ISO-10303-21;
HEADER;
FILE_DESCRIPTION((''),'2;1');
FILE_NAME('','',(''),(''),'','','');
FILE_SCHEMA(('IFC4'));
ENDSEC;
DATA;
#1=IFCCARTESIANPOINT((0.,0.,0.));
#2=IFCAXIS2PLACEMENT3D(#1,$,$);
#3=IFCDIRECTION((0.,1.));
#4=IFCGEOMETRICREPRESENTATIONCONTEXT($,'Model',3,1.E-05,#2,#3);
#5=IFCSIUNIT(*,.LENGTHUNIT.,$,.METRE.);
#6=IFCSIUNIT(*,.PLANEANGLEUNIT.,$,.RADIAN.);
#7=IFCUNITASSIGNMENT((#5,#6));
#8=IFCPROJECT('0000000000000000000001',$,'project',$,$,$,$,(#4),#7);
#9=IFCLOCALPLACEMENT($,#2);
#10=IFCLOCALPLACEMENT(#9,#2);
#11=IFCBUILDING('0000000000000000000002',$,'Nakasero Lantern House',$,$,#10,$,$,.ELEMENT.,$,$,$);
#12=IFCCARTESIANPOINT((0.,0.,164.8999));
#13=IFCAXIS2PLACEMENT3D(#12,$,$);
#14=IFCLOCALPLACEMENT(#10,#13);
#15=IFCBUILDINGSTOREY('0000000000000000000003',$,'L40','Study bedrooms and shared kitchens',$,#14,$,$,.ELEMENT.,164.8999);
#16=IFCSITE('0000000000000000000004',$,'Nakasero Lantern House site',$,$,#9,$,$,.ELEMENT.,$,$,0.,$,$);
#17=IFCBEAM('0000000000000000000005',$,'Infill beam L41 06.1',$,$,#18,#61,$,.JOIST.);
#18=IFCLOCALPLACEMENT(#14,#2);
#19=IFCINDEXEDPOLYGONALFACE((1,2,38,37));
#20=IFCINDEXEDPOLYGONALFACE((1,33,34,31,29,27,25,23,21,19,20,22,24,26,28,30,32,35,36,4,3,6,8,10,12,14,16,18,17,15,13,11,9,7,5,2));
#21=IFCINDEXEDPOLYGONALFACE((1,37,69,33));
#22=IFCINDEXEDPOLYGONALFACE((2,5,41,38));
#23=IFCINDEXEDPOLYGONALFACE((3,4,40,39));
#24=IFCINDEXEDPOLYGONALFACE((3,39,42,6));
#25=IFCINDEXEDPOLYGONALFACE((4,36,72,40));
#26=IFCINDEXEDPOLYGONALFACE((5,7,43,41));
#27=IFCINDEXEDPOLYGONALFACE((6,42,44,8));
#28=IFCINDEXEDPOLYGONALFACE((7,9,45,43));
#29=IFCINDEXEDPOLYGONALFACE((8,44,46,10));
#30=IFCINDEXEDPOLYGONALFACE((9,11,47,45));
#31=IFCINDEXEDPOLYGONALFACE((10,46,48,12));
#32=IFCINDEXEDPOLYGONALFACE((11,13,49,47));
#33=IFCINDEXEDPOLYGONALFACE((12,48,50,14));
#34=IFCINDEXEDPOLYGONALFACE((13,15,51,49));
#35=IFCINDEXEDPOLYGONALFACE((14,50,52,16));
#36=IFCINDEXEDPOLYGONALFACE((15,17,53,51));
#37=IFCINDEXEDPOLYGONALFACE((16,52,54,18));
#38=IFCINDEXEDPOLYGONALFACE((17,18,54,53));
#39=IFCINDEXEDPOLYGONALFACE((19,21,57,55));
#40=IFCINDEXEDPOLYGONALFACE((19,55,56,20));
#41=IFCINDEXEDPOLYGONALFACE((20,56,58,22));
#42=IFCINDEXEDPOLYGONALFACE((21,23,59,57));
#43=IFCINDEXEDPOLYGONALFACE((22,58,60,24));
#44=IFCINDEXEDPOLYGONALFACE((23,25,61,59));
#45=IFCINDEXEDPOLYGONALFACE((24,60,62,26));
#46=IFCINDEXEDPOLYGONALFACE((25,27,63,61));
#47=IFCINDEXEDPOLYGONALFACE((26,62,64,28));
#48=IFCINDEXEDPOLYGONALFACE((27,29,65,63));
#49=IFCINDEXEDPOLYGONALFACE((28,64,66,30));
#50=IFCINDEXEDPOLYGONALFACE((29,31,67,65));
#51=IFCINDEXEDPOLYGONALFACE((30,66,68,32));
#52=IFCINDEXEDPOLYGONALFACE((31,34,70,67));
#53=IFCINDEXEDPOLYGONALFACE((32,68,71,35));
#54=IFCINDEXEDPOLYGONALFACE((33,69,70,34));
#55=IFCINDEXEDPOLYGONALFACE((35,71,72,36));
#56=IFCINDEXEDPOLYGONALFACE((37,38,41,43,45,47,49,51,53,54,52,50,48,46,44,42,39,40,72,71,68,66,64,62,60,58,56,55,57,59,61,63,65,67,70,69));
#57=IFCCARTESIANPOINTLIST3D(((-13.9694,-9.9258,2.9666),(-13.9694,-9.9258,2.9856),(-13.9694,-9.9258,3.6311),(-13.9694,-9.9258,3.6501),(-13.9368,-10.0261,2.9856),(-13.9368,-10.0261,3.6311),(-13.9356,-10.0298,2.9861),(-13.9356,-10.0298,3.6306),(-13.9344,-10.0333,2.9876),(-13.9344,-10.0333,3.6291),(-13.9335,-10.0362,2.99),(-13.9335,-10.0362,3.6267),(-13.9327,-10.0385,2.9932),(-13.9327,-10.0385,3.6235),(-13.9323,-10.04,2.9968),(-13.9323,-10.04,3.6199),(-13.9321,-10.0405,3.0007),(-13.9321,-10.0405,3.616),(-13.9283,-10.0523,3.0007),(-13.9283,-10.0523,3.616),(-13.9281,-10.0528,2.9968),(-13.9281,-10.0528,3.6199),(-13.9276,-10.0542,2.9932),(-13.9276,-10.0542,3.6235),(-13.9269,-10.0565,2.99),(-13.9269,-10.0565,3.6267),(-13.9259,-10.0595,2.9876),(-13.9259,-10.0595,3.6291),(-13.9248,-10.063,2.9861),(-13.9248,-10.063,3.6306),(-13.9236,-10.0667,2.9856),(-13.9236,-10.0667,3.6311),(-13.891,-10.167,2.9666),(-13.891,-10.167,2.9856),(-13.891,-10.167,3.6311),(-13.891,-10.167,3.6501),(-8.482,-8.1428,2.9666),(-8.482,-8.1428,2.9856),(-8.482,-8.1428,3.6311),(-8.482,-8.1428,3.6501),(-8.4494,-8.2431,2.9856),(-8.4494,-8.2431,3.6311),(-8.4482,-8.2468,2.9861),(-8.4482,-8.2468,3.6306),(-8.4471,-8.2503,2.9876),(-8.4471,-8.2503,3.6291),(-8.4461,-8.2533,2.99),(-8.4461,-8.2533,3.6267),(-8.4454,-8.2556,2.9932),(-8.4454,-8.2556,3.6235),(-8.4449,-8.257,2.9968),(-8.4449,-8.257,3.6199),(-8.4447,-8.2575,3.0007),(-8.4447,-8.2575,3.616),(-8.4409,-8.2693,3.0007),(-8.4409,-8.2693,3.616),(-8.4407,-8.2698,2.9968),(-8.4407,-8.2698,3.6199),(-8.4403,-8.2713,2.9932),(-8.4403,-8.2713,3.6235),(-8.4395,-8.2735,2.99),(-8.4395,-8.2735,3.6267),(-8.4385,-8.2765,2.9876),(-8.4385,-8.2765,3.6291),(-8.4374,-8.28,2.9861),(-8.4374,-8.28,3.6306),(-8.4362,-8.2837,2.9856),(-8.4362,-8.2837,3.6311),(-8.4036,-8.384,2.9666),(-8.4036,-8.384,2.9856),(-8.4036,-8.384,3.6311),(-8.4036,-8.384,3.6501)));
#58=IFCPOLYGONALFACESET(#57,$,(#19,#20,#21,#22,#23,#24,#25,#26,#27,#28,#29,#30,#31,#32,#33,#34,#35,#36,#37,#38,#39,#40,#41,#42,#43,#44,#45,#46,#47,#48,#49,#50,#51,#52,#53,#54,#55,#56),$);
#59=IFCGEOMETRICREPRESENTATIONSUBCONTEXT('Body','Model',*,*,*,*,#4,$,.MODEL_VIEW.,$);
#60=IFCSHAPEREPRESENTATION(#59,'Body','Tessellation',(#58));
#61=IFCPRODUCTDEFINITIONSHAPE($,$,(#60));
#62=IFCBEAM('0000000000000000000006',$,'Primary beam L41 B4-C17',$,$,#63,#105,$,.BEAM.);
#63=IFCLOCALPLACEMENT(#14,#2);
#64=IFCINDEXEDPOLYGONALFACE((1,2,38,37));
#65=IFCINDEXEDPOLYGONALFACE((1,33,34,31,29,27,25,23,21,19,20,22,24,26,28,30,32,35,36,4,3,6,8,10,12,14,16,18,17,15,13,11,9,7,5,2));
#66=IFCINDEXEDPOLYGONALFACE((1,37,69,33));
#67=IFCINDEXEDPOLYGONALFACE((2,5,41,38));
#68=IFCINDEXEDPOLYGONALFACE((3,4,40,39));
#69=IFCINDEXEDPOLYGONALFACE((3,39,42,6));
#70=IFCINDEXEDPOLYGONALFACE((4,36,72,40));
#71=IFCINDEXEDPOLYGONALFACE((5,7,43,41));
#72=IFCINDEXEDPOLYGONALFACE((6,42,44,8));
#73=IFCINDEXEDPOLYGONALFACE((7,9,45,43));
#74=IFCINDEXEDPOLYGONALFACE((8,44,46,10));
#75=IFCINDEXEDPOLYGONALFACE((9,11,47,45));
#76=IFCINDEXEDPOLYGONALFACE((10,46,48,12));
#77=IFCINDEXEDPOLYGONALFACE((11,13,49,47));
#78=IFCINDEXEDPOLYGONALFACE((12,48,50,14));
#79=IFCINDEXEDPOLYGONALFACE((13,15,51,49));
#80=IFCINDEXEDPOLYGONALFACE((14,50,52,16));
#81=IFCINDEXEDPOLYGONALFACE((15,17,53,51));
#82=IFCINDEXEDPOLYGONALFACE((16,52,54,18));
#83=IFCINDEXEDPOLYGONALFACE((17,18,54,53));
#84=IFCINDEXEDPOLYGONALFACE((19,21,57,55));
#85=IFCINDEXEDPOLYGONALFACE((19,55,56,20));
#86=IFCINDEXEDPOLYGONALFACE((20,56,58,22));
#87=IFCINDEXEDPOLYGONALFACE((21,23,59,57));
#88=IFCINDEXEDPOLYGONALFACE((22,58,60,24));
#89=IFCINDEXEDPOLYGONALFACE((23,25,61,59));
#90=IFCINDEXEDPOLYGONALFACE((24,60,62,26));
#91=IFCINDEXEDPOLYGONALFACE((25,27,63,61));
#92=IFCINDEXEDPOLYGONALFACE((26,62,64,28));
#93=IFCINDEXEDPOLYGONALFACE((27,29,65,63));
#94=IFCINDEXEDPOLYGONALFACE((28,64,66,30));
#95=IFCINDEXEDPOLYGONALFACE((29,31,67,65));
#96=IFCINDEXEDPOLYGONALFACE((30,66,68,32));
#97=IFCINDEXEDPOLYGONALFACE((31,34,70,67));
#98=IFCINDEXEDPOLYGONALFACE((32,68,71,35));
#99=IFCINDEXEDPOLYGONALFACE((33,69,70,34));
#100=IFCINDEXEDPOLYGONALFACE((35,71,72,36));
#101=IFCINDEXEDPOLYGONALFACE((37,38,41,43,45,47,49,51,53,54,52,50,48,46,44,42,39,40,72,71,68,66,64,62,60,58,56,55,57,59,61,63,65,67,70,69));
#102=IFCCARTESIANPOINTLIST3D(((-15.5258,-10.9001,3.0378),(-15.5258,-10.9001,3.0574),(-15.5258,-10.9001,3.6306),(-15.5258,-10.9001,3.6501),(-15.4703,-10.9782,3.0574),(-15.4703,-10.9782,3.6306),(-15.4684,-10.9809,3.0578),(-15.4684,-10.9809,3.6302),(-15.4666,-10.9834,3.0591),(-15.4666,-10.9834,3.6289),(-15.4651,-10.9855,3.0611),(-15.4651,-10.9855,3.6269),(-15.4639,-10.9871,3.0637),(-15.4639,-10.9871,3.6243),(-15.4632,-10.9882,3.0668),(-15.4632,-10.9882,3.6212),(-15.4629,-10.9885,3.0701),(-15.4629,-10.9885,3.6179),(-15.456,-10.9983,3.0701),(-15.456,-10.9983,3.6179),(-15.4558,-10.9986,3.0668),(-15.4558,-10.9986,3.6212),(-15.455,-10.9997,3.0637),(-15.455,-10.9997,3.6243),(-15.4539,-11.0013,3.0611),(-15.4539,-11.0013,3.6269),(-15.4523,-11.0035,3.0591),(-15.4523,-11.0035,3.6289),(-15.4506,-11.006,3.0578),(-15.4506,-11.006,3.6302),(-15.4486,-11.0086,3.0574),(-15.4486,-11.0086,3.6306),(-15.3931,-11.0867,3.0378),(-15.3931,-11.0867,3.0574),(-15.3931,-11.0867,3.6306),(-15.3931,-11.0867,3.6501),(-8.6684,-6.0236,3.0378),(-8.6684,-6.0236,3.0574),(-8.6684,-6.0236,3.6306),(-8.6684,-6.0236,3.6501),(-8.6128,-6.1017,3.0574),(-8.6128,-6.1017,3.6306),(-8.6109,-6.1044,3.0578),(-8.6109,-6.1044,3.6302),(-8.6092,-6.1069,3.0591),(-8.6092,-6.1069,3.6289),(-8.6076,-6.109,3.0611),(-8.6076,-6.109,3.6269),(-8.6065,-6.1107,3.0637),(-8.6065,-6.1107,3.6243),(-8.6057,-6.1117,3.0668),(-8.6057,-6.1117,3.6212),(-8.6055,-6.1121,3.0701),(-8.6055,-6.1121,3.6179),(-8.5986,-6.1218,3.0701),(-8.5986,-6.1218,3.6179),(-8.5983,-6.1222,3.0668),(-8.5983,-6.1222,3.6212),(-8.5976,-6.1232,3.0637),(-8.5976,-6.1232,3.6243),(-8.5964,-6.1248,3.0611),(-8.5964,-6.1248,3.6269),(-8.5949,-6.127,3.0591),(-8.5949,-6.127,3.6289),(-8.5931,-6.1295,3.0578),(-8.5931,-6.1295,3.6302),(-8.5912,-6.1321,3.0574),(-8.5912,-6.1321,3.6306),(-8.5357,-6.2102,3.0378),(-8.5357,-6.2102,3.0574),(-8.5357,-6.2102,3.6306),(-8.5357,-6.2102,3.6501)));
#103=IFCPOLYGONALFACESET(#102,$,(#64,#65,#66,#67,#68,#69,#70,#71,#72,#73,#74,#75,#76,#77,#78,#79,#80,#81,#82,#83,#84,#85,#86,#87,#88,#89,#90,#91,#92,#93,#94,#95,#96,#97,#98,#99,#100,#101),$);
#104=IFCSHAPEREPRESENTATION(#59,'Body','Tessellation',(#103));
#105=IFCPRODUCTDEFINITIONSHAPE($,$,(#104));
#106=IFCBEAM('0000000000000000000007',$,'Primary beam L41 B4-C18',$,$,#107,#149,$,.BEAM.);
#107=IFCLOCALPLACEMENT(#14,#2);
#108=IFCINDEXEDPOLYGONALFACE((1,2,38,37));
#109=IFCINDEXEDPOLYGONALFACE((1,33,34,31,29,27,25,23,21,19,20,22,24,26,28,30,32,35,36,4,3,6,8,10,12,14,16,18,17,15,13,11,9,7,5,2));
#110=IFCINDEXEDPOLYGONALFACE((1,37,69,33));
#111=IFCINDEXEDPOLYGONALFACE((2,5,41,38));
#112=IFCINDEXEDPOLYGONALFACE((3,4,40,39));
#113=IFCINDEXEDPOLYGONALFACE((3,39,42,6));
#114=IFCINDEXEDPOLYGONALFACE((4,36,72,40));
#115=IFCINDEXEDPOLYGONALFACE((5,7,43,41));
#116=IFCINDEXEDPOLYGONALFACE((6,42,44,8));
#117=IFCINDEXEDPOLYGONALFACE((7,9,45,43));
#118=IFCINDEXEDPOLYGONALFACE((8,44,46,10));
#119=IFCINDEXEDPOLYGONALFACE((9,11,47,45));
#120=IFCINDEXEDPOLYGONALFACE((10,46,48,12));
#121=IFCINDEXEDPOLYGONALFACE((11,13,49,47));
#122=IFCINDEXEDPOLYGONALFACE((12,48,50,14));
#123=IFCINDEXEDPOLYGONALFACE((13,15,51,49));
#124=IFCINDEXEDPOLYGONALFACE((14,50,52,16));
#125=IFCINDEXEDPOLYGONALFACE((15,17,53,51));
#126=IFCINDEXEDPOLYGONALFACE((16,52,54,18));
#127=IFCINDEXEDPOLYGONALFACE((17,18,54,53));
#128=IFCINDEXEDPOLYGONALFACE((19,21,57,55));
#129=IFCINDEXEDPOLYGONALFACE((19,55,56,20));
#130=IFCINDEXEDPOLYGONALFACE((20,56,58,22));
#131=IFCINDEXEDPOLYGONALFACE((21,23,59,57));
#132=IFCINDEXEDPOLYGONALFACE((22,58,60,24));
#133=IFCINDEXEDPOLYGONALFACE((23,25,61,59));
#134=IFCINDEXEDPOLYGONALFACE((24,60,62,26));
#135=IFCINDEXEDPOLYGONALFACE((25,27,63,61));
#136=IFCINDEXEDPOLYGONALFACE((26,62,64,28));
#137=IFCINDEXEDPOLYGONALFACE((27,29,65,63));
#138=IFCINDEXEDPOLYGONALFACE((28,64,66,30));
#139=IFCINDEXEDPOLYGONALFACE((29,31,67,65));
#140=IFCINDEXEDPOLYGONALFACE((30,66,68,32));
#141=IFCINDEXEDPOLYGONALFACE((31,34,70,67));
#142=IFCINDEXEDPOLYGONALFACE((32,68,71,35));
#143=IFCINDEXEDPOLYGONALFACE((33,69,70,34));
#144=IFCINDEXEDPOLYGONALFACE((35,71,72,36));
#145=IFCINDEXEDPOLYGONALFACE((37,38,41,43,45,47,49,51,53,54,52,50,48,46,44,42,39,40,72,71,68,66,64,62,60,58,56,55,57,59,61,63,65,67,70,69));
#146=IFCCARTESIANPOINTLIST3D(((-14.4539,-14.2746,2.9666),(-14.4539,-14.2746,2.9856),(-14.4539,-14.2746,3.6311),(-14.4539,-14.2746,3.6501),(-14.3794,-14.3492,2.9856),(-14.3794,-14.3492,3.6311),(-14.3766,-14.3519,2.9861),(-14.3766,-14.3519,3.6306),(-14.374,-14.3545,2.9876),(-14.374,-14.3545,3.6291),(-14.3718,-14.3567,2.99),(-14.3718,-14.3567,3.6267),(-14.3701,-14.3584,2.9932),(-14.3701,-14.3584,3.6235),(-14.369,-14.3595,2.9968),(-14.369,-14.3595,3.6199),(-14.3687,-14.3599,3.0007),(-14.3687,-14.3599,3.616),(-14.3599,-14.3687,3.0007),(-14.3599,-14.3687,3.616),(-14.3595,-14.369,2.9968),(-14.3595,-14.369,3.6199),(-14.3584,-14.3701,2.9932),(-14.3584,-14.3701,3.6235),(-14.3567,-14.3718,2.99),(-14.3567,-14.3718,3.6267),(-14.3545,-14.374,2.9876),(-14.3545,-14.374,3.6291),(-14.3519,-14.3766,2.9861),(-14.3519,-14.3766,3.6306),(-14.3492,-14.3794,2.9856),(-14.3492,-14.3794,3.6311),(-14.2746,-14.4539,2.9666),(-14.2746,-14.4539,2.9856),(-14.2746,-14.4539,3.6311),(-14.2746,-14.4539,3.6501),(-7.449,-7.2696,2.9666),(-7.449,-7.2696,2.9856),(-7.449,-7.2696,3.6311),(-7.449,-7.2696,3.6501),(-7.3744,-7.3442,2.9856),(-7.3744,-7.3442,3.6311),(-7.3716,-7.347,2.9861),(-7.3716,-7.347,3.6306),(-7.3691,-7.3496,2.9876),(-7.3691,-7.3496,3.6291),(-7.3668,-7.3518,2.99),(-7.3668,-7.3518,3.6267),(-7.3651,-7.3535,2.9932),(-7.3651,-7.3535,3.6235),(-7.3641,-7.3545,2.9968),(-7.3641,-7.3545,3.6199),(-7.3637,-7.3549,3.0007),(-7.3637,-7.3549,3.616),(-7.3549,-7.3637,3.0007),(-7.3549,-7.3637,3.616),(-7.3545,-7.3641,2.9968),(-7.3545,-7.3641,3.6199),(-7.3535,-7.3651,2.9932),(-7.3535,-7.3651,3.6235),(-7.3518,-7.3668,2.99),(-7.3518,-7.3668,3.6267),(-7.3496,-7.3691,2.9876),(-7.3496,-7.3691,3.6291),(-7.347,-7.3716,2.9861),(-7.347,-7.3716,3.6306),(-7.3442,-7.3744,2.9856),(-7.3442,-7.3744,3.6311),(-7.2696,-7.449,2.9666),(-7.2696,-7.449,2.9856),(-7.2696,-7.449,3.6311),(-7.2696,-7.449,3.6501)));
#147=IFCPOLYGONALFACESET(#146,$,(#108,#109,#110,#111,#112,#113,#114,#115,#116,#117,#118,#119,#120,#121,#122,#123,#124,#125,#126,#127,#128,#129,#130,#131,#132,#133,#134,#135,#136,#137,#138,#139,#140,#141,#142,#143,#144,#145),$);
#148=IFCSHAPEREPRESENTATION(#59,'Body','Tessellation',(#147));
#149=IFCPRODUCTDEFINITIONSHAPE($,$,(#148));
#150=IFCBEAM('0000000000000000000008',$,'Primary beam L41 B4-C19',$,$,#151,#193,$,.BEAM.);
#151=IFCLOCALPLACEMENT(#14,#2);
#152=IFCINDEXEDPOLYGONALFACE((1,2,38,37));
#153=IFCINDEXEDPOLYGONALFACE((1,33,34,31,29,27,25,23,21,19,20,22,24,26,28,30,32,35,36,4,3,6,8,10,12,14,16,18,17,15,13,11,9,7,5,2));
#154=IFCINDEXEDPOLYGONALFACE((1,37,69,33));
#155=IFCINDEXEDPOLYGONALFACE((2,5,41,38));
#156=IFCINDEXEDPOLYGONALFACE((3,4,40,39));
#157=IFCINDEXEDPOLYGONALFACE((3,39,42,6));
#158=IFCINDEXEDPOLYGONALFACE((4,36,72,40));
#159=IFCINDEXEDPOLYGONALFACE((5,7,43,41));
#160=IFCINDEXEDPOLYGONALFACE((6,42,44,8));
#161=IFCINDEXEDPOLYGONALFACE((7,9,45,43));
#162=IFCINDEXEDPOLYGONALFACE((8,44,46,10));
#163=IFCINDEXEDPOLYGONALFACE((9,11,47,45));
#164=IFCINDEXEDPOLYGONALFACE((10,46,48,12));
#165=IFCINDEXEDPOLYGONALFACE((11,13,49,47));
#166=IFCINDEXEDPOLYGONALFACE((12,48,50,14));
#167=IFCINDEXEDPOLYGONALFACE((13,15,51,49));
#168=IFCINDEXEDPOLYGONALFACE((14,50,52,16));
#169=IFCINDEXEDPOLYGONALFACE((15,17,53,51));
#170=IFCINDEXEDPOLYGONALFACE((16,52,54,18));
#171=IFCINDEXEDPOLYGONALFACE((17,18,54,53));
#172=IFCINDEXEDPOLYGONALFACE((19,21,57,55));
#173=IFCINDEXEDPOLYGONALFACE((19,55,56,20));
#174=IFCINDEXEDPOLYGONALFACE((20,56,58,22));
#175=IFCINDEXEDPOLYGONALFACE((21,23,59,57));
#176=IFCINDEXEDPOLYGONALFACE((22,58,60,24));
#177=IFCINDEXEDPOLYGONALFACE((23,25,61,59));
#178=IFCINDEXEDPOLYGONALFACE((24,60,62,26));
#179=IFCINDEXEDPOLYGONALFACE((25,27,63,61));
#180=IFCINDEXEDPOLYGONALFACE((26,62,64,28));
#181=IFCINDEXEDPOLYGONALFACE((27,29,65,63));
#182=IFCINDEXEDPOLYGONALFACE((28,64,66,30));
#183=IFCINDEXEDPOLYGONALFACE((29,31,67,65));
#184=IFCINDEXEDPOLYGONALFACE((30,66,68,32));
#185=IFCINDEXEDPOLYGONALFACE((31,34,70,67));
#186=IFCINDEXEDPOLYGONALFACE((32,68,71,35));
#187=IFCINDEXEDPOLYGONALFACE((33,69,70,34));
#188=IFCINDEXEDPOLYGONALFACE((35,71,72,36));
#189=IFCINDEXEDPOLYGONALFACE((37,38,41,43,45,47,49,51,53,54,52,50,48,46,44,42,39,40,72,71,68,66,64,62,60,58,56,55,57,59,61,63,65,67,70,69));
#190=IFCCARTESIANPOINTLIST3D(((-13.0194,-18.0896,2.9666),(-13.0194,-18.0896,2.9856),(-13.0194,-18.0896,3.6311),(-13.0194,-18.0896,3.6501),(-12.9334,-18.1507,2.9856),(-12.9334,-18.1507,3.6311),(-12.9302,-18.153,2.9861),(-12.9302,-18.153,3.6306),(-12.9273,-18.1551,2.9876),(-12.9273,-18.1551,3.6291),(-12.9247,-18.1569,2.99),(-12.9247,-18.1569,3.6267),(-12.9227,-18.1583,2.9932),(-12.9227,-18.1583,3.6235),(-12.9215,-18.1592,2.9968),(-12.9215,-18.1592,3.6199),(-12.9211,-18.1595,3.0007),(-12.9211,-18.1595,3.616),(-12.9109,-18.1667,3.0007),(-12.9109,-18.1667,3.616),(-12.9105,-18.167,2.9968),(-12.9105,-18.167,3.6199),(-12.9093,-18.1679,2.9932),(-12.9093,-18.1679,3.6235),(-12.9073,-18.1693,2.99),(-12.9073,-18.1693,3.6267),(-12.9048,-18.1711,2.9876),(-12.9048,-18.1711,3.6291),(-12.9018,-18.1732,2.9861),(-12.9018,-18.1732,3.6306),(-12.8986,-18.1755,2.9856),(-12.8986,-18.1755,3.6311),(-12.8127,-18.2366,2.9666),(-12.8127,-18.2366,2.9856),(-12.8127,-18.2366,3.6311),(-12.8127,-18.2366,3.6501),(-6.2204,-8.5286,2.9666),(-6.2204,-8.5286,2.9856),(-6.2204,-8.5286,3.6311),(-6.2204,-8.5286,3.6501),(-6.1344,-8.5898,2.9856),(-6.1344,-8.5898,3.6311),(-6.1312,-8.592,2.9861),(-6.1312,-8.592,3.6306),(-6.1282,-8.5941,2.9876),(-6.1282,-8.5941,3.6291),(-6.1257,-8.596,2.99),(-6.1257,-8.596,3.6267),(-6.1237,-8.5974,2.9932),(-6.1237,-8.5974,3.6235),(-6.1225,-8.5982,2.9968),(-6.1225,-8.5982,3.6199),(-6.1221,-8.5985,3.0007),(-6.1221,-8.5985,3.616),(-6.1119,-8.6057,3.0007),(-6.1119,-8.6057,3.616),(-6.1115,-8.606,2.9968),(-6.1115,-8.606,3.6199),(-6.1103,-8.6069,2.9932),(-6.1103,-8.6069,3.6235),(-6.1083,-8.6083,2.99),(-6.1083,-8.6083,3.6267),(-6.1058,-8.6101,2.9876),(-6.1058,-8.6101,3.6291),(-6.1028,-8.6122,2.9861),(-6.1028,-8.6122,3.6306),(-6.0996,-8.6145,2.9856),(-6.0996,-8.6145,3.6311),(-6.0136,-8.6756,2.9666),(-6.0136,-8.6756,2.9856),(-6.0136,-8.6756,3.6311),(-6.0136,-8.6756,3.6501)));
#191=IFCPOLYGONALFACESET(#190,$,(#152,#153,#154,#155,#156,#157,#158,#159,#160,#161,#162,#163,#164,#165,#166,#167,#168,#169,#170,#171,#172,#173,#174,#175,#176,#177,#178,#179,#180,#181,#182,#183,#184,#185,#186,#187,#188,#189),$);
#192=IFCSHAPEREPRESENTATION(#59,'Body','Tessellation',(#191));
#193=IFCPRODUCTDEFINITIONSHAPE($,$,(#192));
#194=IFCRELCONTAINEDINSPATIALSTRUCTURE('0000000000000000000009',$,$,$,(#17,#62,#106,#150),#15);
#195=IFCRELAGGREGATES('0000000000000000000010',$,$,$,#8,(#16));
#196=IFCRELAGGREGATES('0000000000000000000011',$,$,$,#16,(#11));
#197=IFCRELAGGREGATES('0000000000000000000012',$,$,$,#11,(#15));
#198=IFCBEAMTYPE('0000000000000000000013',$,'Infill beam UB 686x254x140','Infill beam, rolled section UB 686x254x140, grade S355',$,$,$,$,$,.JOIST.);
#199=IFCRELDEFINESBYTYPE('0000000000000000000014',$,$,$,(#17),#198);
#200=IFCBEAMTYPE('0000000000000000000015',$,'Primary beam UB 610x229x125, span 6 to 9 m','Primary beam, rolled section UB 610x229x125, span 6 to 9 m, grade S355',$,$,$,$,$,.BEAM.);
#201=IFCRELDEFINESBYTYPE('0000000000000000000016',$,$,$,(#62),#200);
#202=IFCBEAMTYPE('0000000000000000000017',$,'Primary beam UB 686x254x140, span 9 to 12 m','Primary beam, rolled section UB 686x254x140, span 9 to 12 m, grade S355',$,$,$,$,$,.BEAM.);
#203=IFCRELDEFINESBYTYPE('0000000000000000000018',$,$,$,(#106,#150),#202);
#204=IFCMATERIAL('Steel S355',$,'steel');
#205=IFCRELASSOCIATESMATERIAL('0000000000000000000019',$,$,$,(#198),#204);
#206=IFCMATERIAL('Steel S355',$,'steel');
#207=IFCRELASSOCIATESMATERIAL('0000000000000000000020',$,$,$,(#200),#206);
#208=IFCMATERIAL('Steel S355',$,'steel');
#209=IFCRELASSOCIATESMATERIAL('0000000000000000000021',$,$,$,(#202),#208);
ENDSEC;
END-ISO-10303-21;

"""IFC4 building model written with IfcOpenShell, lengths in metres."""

from ifc_helpers import new_model, si_unit, direction, frame, origin, origin_2d, place, context, subcontext, project, spatial, i_section, extrude, material, material_profile, profile_set, type_object, element, save


model = new_model("IFC4")

# Units and contexts
model_context = context("Model", 3, precision=1e-05, world=origin(), true_north=direction((0.0, 1.0)))
body_context = subcontext(model_context, "Body", "Model", "MODEL_VIEW")
ifc_project = project(units=[si_unit("LENGTHUNIT", "METRE"), si_unit("PLANEANGLEUNIT", "RADIAN")], contexts=[model_context])

# Site, building, storey
site_placement = place(None, origin())
site = spatial("IfcSite", under=ifc_project, at=site_placement, Name="Nakasero Lantern House site", CompositionType="ELEMENT", RefElevation=0.0)
building_placement = place(site_placement, origin())
building = spatial("IfcBuilding", under=site, at=building_placement, Name="Nakasero Lantern House", CompositionType="ELEMENT")
storey_placement = place(building_placement, frame((0.0, 0.0, 164.8999)))
storey = spatial("IfcBuildingStorey", under=building, at=storey_placement, Name="L40", Description="Study bedrooms and shared kitchens", CompositionType="ELEMENT", Elevation=164.8999)

# Beams
ifc_material_1 = material(Name="Steel S355", Category="steel")
ifc_material_profile_1 = material_profile(ifc_material_1, i_section(OverallWidth=0.2537, OverallDepth=0.6836, WebThickness=0.0125, FlangeThickness=0.019, FilletRadius=0.0151, at=origin_2d()), Name="UB 686x254x140")
ifc_profile_set_1 = profile_set([ifc_material_profile_1], Name="Steel S355")
beam_type_1 = type_object("IfcBeamType", Name="Infill beam UB 686x254x140", Description="Infill beam, rolled section UB 686x254x140, grade S355", PredefinedType="JOIST", material=ifc_profile_set_1)
beam_1_placement = place(storey_placement, frame((-13.9302, -10.0464, 3.3083), z_axis=(0.951055, 0.309021, 0.0), x_axis=(-0.309021, 0.951055, 0.0)))
element("IfcBeam", 1, at=beam_1_placement, inside=storey, type_object=beam_type_1, Name="Infill beam L41 06.1", PredefinedType="JOIST", context=body_context, shape_type="SweptSolid", body=[
    extrude(i_section(OverallWidth=0.2537, OverallDepth=0.6836, WebThickness=0.0125, FlangeThickness=0.019, FilletRadius=0.0151, at=origin_2d()), origin(), (0.0, 0.0, 1.0), 5.7698),
])
ifc_material_2 = material(Name="Steel S355", Category="steel")
ifc_material_profile_2 = material_profile(ifc_material_2, i_section(OverallWidth=0.229, OverallDepth=0.6123, WebThickness=0.012, FlangeThickness=0.0195, FilletRadius=0.0127, at=origin_2d()), Name="UB 610x229x125")
ifc_profile_set_2 = profile_set([ifc_material_profile_2], Name="Steel S355")
beam_type_2 = type_object("IfcBeamType", Name="Primary beam UB 610x229x125, span 6 to 9 m", Description="Primary beam, rolled section UB 610x229x125, span 6 to 9 m, grade S355", PredefinedType="BEAM", material=ifc_profile_set_2)
beam_2_placement = place(storey_placement, frame((-15.4595, -10.9934, 3.344), z_axis=(0.814951, 0.57953, 0.0), x_axis=(-0.57953, 0.814951, 0.0)))
element("IfcBeam", 2, at=beam_2_placement, inside=storey, type_object=beam_type_2, Name="Primary beam L41 B4-C17", PredefinedType="BEAM", context=body_context, shape_type="SweptSolid", body=[
    extrude(i_section(OverallWidth=0.229, OverallDepth=0.6123, WebThickness=0.012, FlangeThickness=0.0195, FilletRadius=0.0127, at=origin_2d()), origin(), (0.0, 0.0, 1.0), 8.4146),
])
ifc_material_3 = material(Name="Steel S355", Category="steel")
ifc_material_profile_3 = material_profile(ifc_material_3, i_section(OverallWidth=0.2537, OverallDepth=0.6836, WebThickness=0.0125, FlangeThickness=0.019, FilletRadius=0.0151, at=origin_2d()), Name="UB 686x254x140")
ifc_profile_set_3 = profile_set([ifc_material_profile_3], Name="Steel S355")
beam_type_3 = type_object("IfcBeamType", Name="Primary beam UB 686x254x140, span 9 to 12 m", Description="Primary beam, rolled section UB 686x254x140, span 9 to 12 m, grade S355", PredefinedType="BEAM", material=ifc_profile_set_3)
beam_3_placement = place(storey_placement, frame((-14.3643, -14.3643, 3.3083), z_axis=(0.707107, 0.707107, 0.0), x_axis=(-0.707107, 0.707107, 0.0)))
element("IfcBeam", 3, at=beam_3_placement, inside=storey, type_object=beam_type_3, Name="Primary beam L41 B4-C18", PredefinedType="BEAM", context=body_context, shape_type="SweptSolid", body=[
    extrude(i_section(OverallWidth=0.2537, OverallDepth=0.6836, WebThickness=0.0125, FlangeThickness=0.019, FilletRadius=0.0151, at=origin_2d()), origin(), (0.0, 0.0, 1.0), 9.9065),
])
beam_4_placement = place(storey_placement, frame((-12.916, -18.1631, 3.3083), z_axis=(0.57953, 0.814951, 0.0), x_axis=(-0.814951, 0.57953, 0.0)))
element("IfcBeam", 4, at=beam_4_placement, inside=storey, type_object=beam_type_3, Name="Primary beam L41 B4-C19", PredefinedType="BEAM", context=body_context, shape_type="SweptSolid", body=[
    extrude(i_section(OverallWidth=0.2537, OverallDepth=0.6836, WebThickness=0.0125, FlangeThickness=0.019, FilletRadius=0.0151, at=origin_2d()), origin(), (0.0, 0.0, 1.0), 11.7319),
])

save(model, "model.ifc")
